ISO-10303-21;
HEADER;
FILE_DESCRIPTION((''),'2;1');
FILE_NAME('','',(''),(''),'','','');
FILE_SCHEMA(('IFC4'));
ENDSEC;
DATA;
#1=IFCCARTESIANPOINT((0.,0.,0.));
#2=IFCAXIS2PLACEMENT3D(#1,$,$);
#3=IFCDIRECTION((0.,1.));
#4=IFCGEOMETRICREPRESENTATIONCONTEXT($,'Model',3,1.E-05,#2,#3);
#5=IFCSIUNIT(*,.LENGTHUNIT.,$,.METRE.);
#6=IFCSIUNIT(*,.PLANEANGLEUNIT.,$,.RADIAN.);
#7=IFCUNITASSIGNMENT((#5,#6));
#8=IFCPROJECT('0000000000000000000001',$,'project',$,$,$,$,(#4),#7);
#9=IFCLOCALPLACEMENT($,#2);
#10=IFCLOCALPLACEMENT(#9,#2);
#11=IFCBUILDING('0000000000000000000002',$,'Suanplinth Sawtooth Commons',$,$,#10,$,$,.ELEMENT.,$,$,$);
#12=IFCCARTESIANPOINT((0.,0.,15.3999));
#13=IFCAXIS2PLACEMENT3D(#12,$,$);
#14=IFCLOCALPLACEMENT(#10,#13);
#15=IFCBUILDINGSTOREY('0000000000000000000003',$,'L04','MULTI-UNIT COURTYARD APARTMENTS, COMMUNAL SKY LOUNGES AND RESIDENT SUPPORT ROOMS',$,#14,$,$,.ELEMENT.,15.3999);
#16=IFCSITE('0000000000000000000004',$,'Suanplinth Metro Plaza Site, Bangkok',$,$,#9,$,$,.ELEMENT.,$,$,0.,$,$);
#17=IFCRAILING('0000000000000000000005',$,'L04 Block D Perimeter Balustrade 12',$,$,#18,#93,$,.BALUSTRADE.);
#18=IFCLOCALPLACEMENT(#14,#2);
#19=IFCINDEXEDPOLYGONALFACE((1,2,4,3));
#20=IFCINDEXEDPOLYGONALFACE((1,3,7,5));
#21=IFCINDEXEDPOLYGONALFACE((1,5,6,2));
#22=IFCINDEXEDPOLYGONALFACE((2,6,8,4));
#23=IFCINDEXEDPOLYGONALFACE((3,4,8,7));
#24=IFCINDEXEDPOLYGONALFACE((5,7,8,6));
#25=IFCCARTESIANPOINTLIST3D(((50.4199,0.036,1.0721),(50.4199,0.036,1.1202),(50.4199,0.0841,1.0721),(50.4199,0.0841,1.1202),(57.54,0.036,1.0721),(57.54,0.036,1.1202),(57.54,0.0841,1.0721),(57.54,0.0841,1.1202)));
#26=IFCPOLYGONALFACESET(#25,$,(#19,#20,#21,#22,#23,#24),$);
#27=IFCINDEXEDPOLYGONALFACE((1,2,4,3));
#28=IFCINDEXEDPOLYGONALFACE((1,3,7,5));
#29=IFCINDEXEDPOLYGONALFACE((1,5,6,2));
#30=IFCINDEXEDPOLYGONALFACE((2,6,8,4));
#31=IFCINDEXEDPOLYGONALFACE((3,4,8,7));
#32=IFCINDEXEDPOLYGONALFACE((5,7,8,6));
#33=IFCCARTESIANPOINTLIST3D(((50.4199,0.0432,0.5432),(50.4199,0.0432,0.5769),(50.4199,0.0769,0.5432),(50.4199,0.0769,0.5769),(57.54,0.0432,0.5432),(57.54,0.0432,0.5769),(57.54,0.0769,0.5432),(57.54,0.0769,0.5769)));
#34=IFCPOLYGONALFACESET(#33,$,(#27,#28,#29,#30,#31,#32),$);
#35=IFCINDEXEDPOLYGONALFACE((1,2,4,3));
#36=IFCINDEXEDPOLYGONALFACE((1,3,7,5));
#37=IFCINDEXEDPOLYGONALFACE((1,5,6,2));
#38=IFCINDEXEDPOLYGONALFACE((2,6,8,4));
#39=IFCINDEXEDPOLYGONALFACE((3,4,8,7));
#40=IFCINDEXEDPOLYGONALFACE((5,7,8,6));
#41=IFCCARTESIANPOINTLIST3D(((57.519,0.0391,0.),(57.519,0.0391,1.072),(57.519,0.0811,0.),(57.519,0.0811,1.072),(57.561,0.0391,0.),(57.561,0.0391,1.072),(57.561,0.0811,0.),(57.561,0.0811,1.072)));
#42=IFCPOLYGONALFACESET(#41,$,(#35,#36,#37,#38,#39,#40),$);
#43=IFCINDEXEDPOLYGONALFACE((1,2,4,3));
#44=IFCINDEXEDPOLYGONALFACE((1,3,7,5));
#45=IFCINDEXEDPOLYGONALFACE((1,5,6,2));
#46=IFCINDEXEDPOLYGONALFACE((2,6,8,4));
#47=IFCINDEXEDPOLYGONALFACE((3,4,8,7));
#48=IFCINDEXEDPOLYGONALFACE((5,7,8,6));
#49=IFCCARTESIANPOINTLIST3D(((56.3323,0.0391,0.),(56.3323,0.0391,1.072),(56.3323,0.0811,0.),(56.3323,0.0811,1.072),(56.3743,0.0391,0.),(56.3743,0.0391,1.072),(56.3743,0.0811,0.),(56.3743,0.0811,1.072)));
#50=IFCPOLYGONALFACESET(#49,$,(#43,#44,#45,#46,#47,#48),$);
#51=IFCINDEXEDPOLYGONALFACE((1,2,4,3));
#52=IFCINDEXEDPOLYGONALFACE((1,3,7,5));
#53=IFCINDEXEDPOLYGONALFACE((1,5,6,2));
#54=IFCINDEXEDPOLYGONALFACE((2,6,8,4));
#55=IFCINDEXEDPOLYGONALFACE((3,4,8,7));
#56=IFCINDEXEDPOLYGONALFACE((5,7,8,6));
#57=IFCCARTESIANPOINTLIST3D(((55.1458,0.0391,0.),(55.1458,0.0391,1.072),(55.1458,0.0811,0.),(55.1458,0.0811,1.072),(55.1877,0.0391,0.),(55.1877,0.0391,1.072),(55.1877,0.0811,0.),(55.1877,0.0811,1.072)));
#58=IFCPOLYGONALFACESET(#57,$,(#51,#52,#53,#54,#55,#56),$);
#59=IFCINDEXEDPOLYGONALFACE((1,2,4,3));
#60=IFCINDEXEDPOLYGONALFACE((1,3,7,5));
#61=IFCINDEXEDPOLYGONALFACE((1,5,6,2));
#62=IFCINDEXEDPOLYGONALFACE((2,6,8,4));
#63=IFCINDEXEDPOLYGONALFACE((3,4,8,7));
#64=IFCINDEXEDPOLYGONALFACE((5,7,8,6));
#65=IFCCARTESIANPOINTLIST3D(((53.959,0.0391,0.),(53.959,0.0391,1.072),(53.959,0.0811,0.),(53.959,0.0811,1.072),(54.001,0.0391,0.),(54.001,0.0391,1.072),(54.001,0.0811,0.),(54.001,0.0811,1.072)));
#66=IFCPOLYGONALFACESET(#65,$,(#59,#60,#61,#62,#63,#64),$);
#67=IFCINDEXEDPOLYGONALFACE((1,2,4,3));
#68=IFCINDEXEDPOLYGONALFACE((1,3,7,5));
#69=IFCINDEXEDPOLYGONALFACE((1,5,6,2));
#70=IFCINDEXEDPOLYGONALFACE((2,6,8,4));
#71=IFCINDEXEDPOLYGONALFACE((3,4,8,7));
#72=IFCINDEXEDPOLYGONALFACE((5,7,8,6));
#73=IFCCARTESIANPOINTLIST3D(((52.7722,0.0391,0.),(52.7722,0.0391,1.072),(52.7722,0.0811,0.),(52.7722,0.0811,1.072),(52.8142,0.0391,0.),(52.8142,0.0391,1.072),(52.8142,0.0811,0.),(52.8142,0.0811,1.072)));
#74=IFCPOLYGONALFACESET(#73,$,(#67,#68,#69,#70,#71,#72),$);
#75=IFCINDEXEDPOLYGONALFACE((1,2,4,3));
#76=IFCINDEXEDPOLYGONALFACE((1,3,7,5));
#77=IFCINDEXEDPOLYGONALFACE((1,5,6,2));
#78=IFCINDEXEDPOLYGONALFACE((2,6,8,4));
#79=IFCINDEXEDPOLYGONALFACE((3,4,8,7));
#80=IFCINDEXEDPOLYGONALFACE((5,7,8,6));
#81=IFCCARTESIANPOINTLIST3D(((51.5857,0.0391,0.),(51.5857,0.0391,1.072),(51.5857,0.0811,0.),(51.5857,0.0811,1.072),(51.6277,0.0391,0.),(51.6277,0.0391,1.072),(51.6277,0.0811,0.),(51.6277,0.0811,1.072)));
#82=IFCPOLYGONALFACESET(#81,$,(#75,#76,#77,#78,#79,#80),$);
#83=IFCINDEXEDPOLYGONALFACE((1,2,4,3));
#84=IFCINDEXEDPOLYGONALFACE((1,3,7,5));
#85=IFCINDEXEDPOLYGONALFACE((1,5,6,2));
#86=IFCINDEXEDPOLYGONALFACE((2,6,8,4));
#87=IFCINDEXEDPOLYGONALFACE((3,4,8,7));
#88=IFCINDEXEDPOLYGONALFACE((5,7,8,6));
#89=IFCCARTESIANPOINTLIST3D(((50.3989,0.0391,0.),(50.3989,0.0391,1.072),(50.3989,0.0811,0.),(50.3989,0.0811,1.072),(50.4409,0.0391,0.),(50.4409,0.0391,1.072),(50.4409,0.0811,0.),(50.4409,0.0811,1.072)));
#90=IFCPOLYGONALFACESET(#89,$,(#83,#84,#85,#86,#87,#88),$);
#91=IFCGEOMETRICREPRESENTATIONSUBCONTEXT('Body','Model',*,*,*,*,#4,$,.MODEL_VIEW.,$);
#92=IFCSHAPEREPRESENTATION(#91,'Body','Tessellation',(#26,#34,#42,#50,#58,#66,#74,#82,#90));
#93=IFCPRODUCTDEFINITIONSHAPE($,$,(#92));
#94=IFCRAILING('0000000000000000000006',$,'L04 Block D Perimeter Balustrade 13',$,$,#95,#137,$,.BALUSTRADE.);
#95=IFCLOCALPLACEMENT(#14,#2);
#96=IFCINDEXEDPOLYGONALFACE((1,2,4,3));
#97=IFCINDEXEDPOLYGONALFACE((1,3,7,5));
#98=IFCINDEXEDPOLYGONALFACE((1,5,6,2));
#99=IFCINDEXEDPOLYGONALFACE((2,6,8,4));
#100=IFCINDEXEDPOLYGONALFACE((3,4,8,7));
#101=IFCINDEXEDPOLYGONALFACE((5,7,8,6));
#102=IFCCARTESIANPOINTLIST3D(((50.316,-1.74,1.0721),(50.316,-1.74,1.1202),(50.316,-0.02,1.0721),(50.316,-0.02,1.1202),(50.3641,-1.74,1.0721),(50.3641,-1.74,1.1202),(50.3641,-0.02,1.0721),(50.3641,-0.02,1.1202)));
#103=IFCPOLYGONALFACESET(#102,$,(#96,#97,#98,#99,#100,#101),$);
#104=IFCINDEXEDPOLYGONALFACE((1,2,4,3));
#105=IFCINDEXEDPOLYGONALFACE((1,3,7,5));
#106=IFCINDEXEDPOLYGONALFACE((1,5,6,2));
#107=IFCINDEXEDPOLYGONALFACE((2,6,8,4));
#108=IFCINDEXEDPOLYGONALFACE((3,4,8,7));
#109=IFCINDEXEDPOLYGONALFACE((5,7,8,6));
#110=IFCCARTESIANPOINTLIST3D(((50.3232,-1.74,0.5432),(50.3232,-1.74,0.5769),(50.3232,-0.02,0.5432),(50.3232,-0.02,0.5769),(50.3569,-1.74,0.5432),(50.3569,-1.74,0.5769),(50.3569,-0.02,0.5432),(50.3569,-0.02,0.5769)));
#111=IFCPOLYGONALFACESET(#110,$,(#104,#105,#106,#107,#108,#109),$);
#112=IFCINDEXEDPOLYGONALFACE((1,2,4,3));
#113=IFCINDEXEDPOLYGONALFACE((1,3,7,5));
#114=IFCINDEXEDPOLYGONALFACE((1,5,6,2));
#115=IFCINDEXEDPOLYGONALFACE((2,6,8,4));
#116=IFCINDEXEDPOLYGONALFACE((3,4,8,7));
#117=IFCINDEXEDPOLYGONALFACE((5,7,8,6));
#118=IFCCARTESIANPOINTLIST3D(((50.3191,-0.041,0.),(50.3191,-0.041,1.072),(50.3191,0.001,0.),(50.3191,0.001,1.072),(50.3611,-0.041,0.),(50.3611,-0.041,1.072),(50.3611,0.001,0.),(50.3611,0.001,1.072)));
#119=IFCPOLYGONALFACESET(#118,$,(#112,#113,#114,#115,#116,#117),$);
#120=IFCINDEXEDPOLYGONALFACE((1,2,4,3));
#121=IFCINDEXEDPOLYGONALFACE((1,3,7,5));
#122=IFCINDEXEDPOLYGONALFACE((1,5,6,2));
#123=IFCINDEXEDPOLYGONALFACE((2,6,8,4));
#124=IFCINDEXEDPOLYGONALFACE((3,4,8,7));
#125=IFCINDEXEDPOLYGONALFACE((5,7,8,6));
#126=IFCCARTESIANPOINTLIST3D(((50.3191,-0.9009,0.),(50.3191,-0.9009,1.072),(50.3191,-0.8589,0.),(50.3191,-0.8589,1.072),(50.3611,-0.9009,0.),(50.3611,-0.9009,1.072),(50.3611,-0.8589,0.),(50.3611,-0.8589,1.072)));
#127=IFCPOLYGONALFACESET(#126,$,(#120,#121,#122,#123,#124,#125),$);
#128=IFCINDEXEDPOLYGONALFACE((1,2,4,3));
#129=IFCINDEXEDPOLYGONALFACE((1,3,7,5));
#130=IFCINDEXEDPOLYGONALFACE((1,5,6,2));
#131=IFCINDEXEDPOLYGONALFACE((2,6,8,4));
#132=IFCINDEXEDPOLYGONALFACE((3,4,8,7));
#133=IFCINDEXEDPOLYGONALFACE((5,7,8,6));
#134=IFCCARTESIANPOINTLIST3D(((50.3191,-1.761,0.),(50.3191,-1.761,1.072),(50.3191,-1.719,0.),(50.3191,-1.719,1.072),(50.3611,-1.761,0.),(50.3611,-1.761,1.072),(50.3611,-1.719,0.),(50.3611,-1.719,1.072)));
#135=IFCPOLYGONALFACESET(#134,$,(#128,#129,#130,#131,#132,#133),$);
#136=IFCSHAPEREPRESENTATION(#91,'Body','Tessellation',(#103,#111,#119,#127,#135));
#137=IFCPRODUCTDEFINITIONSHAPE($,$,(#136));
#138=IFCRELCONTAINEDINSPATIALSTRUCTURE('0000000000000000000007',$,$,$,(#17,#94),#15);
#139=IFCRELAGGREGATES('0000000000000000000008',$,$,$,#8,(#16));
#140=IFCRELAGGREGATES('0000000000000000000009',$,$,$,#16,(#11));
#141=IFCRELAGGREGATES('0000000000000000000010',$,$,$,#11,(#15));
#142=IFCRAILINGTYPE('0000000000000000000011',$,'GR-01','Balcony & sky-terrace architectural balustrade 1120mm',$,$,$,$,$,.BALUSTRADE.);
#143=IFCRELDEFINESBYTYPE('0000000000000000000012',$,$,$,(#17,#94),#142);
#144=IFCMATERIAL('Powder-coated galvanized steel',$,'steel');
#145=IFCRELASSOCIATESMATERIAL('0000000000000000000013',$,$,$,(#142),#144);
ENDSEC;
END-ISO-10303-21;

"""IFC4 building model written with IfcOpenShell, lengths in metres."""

from ifc_helpers import new_model, si_unit, direction, frame, origin, origin_2d, place, context, subcontext, project, spatial, rectangle, extrude, material, type_object, element, save


model = new_model("IFC4")

# Units and contexts
model_context = context("Model", 3, precision=1e-05, world=origin(), true_north=direction((0.0, 1.0)))
body_context = subcontext(model_context, "Body", "Model", "MODEL_VIEW")
ifc_project = project(units=[si_unit("LENGTHUNIT", "METRE"), si_unit("PLANEANGLEUNIT", "RADIAN")], contexts=[model_context])

# Site, building, storey
site_placement = place(None, origin())
site = spatial("IfcSite", under=ifc_project, at=site_placement, Name="Suanplinth Metro Plaza Site, Bangkok", CompositionType="ELEMENT", RefElevation=0.0)
building_placement = place(site_placement, origin())
building = spatial("IfcBuilding", under=site, at=building_placement, Name="Suanplinth Sawtooth Commons", CompositionType="ELEMENT")
storey_placement = place(building_placement, frame((0.0, 0.0, 15.3999)))
storey = spatial("IfcBuildingStorey", under=building, at=storey_placement, Name="L04", Description="MULTI-UNIT COURTYARD APARTMENTS, COMMUNAL SKY LOUNGES AND RESIDENT SUPPORT ROOMS", CompositionType="ELEMENT", Elevation=15.3999)

# Railings
ifc_material_1 = material(Name="Powder-coated galvanized steel", Category="steel")
railing_type = type_object("IfcRailingType", Name="GR-01", Description="Balcony & sky-terrace architectural balustrade 1120mm", PredefinedType="BALUSTRADE", material=ifc_material_1)
railing_1_placement = place(storey_placement, frame((57.54, 0.0601, 0.0)))
element("IfcRailing", 1, at=railing_1_placement, inside=storey, type_object=railing_type, Name="L04 Block D Perimeter Balustrade 12", PredefinedType="BALUSTRADE", context=body_context, shape_type="SweptSolid", body=[
    extrude(rectangle(XDim=0.0481, YDim=0.0481, at=origin_2d()), frame((0.0, 0.0, 1.0962), z_axis=(-1.0, 0.0, 0.0), x_axis=(0.0, -1.0, 0.0)), (0.0, 0.0, 1.0), 7.1201),
    extrude(rectangle(XDim=0.0337, YDim=0.0337, at=origin_2d()), frame((0.0, 0.0, 0.5601), z_axis=(-1.0, 0.0, 0.0), x_axis=(0.0, -1.0, 0.0)), (0.0, 0.0, 1.0), 7.1201),
    extrude(rectangle(XDim=0.042, YDim=0.042, at=origin_2d()), origin(), (0.0, 0.0, 1.0), 1.072),
    extrude(rectangle(XDim=0.042, YDim=0.042, at=origin_2d()), frame((-1.1868, 0.0, 0.0)), (0.0, 0.0, 1.0), 1.072),
    extrude(rectangle(XDim=0.042, YDim=0.042, at=origin_2d()), frame((-2.3733, 0.0, 0.0)), (0.0, 0.0, 1.0), 1.072),
    extrude(rectangle(XDim=0.042, YDim=0.042, at=origin_2d()), frame((-3.5601, 0.0, 0.0)), (0.0, 0.0, 1.0), 1.072),
    extrude(rectangle(XDim=0.042, YDim=0.042, at=origin_2d()), frame((-4.7468, 0.0, 0.0)), (0.0, 0.0, 1.0), 1.072),
    extrude(rectangle(XDim=0.042, YDim=0.042, at=origin_2d()), frame((-5.9333, 0.0, 0.0)), (0.0, 0.0, 1.0), 1.072),
    extrude(rectangle(XDim=0.042, YDim=0.042, at=origin_2d()), frame((-7.1201, 0.0, 0.0)), (0.0, 0.0, 1.0), 1.072),
])
railing_2_placement = place(storey_placement, frame((50.3401, -0.02, 0.0)))
element("IfcRailing", 2, at=railing_2_placement, inside=storey, type_object=railing_type, Name="L04 Block D Perimeter Balustrade 13", PredefinedType="BALUSTRADE", context=body_context, shape_type="SweptSolid", body=[
    extrude(rectangle(XDim=0.0481, YDim=0.0481, at=origin_2d()), frame((0.0, 0.0, 1.0962), z_axis=(0.0, -1.0, 0.0), x_axis=(1.0, 0.0, 0.0)), (0.0, 0.0, 1.0), 1.72),
    extrude(rectangle(XDim=0.0337, YDim=0.0337, at=origin_2d()), frame((0.0, 0.0, 0.5601), z_axis=(0.0, -1.0, 0.0), x_axis=(1.0, 0.0, 0.0)), (0.0, 0.0, 1.0), 1.72),
    extrude(rectangle(XDim=0.042, YDim=0.042, at=origin_2d()), origin(), (0.0, 0.0, 1.0), 1.072),
    extrude(rectangle(XDim=0.042, YDim=0.042, at=origin_2d()), frame((0.0, -0.8599, 0.0)), (0.0, 0.0, 1.0), 1.072),
    extrude(rectangle(XDim=0.042, YDim=0.042, at=origin_2d()), frame((0.0, -1.72, 0.0)), (0.0, 0.0, 1.0), 1.072),
])

save(model, "model.ifc")
